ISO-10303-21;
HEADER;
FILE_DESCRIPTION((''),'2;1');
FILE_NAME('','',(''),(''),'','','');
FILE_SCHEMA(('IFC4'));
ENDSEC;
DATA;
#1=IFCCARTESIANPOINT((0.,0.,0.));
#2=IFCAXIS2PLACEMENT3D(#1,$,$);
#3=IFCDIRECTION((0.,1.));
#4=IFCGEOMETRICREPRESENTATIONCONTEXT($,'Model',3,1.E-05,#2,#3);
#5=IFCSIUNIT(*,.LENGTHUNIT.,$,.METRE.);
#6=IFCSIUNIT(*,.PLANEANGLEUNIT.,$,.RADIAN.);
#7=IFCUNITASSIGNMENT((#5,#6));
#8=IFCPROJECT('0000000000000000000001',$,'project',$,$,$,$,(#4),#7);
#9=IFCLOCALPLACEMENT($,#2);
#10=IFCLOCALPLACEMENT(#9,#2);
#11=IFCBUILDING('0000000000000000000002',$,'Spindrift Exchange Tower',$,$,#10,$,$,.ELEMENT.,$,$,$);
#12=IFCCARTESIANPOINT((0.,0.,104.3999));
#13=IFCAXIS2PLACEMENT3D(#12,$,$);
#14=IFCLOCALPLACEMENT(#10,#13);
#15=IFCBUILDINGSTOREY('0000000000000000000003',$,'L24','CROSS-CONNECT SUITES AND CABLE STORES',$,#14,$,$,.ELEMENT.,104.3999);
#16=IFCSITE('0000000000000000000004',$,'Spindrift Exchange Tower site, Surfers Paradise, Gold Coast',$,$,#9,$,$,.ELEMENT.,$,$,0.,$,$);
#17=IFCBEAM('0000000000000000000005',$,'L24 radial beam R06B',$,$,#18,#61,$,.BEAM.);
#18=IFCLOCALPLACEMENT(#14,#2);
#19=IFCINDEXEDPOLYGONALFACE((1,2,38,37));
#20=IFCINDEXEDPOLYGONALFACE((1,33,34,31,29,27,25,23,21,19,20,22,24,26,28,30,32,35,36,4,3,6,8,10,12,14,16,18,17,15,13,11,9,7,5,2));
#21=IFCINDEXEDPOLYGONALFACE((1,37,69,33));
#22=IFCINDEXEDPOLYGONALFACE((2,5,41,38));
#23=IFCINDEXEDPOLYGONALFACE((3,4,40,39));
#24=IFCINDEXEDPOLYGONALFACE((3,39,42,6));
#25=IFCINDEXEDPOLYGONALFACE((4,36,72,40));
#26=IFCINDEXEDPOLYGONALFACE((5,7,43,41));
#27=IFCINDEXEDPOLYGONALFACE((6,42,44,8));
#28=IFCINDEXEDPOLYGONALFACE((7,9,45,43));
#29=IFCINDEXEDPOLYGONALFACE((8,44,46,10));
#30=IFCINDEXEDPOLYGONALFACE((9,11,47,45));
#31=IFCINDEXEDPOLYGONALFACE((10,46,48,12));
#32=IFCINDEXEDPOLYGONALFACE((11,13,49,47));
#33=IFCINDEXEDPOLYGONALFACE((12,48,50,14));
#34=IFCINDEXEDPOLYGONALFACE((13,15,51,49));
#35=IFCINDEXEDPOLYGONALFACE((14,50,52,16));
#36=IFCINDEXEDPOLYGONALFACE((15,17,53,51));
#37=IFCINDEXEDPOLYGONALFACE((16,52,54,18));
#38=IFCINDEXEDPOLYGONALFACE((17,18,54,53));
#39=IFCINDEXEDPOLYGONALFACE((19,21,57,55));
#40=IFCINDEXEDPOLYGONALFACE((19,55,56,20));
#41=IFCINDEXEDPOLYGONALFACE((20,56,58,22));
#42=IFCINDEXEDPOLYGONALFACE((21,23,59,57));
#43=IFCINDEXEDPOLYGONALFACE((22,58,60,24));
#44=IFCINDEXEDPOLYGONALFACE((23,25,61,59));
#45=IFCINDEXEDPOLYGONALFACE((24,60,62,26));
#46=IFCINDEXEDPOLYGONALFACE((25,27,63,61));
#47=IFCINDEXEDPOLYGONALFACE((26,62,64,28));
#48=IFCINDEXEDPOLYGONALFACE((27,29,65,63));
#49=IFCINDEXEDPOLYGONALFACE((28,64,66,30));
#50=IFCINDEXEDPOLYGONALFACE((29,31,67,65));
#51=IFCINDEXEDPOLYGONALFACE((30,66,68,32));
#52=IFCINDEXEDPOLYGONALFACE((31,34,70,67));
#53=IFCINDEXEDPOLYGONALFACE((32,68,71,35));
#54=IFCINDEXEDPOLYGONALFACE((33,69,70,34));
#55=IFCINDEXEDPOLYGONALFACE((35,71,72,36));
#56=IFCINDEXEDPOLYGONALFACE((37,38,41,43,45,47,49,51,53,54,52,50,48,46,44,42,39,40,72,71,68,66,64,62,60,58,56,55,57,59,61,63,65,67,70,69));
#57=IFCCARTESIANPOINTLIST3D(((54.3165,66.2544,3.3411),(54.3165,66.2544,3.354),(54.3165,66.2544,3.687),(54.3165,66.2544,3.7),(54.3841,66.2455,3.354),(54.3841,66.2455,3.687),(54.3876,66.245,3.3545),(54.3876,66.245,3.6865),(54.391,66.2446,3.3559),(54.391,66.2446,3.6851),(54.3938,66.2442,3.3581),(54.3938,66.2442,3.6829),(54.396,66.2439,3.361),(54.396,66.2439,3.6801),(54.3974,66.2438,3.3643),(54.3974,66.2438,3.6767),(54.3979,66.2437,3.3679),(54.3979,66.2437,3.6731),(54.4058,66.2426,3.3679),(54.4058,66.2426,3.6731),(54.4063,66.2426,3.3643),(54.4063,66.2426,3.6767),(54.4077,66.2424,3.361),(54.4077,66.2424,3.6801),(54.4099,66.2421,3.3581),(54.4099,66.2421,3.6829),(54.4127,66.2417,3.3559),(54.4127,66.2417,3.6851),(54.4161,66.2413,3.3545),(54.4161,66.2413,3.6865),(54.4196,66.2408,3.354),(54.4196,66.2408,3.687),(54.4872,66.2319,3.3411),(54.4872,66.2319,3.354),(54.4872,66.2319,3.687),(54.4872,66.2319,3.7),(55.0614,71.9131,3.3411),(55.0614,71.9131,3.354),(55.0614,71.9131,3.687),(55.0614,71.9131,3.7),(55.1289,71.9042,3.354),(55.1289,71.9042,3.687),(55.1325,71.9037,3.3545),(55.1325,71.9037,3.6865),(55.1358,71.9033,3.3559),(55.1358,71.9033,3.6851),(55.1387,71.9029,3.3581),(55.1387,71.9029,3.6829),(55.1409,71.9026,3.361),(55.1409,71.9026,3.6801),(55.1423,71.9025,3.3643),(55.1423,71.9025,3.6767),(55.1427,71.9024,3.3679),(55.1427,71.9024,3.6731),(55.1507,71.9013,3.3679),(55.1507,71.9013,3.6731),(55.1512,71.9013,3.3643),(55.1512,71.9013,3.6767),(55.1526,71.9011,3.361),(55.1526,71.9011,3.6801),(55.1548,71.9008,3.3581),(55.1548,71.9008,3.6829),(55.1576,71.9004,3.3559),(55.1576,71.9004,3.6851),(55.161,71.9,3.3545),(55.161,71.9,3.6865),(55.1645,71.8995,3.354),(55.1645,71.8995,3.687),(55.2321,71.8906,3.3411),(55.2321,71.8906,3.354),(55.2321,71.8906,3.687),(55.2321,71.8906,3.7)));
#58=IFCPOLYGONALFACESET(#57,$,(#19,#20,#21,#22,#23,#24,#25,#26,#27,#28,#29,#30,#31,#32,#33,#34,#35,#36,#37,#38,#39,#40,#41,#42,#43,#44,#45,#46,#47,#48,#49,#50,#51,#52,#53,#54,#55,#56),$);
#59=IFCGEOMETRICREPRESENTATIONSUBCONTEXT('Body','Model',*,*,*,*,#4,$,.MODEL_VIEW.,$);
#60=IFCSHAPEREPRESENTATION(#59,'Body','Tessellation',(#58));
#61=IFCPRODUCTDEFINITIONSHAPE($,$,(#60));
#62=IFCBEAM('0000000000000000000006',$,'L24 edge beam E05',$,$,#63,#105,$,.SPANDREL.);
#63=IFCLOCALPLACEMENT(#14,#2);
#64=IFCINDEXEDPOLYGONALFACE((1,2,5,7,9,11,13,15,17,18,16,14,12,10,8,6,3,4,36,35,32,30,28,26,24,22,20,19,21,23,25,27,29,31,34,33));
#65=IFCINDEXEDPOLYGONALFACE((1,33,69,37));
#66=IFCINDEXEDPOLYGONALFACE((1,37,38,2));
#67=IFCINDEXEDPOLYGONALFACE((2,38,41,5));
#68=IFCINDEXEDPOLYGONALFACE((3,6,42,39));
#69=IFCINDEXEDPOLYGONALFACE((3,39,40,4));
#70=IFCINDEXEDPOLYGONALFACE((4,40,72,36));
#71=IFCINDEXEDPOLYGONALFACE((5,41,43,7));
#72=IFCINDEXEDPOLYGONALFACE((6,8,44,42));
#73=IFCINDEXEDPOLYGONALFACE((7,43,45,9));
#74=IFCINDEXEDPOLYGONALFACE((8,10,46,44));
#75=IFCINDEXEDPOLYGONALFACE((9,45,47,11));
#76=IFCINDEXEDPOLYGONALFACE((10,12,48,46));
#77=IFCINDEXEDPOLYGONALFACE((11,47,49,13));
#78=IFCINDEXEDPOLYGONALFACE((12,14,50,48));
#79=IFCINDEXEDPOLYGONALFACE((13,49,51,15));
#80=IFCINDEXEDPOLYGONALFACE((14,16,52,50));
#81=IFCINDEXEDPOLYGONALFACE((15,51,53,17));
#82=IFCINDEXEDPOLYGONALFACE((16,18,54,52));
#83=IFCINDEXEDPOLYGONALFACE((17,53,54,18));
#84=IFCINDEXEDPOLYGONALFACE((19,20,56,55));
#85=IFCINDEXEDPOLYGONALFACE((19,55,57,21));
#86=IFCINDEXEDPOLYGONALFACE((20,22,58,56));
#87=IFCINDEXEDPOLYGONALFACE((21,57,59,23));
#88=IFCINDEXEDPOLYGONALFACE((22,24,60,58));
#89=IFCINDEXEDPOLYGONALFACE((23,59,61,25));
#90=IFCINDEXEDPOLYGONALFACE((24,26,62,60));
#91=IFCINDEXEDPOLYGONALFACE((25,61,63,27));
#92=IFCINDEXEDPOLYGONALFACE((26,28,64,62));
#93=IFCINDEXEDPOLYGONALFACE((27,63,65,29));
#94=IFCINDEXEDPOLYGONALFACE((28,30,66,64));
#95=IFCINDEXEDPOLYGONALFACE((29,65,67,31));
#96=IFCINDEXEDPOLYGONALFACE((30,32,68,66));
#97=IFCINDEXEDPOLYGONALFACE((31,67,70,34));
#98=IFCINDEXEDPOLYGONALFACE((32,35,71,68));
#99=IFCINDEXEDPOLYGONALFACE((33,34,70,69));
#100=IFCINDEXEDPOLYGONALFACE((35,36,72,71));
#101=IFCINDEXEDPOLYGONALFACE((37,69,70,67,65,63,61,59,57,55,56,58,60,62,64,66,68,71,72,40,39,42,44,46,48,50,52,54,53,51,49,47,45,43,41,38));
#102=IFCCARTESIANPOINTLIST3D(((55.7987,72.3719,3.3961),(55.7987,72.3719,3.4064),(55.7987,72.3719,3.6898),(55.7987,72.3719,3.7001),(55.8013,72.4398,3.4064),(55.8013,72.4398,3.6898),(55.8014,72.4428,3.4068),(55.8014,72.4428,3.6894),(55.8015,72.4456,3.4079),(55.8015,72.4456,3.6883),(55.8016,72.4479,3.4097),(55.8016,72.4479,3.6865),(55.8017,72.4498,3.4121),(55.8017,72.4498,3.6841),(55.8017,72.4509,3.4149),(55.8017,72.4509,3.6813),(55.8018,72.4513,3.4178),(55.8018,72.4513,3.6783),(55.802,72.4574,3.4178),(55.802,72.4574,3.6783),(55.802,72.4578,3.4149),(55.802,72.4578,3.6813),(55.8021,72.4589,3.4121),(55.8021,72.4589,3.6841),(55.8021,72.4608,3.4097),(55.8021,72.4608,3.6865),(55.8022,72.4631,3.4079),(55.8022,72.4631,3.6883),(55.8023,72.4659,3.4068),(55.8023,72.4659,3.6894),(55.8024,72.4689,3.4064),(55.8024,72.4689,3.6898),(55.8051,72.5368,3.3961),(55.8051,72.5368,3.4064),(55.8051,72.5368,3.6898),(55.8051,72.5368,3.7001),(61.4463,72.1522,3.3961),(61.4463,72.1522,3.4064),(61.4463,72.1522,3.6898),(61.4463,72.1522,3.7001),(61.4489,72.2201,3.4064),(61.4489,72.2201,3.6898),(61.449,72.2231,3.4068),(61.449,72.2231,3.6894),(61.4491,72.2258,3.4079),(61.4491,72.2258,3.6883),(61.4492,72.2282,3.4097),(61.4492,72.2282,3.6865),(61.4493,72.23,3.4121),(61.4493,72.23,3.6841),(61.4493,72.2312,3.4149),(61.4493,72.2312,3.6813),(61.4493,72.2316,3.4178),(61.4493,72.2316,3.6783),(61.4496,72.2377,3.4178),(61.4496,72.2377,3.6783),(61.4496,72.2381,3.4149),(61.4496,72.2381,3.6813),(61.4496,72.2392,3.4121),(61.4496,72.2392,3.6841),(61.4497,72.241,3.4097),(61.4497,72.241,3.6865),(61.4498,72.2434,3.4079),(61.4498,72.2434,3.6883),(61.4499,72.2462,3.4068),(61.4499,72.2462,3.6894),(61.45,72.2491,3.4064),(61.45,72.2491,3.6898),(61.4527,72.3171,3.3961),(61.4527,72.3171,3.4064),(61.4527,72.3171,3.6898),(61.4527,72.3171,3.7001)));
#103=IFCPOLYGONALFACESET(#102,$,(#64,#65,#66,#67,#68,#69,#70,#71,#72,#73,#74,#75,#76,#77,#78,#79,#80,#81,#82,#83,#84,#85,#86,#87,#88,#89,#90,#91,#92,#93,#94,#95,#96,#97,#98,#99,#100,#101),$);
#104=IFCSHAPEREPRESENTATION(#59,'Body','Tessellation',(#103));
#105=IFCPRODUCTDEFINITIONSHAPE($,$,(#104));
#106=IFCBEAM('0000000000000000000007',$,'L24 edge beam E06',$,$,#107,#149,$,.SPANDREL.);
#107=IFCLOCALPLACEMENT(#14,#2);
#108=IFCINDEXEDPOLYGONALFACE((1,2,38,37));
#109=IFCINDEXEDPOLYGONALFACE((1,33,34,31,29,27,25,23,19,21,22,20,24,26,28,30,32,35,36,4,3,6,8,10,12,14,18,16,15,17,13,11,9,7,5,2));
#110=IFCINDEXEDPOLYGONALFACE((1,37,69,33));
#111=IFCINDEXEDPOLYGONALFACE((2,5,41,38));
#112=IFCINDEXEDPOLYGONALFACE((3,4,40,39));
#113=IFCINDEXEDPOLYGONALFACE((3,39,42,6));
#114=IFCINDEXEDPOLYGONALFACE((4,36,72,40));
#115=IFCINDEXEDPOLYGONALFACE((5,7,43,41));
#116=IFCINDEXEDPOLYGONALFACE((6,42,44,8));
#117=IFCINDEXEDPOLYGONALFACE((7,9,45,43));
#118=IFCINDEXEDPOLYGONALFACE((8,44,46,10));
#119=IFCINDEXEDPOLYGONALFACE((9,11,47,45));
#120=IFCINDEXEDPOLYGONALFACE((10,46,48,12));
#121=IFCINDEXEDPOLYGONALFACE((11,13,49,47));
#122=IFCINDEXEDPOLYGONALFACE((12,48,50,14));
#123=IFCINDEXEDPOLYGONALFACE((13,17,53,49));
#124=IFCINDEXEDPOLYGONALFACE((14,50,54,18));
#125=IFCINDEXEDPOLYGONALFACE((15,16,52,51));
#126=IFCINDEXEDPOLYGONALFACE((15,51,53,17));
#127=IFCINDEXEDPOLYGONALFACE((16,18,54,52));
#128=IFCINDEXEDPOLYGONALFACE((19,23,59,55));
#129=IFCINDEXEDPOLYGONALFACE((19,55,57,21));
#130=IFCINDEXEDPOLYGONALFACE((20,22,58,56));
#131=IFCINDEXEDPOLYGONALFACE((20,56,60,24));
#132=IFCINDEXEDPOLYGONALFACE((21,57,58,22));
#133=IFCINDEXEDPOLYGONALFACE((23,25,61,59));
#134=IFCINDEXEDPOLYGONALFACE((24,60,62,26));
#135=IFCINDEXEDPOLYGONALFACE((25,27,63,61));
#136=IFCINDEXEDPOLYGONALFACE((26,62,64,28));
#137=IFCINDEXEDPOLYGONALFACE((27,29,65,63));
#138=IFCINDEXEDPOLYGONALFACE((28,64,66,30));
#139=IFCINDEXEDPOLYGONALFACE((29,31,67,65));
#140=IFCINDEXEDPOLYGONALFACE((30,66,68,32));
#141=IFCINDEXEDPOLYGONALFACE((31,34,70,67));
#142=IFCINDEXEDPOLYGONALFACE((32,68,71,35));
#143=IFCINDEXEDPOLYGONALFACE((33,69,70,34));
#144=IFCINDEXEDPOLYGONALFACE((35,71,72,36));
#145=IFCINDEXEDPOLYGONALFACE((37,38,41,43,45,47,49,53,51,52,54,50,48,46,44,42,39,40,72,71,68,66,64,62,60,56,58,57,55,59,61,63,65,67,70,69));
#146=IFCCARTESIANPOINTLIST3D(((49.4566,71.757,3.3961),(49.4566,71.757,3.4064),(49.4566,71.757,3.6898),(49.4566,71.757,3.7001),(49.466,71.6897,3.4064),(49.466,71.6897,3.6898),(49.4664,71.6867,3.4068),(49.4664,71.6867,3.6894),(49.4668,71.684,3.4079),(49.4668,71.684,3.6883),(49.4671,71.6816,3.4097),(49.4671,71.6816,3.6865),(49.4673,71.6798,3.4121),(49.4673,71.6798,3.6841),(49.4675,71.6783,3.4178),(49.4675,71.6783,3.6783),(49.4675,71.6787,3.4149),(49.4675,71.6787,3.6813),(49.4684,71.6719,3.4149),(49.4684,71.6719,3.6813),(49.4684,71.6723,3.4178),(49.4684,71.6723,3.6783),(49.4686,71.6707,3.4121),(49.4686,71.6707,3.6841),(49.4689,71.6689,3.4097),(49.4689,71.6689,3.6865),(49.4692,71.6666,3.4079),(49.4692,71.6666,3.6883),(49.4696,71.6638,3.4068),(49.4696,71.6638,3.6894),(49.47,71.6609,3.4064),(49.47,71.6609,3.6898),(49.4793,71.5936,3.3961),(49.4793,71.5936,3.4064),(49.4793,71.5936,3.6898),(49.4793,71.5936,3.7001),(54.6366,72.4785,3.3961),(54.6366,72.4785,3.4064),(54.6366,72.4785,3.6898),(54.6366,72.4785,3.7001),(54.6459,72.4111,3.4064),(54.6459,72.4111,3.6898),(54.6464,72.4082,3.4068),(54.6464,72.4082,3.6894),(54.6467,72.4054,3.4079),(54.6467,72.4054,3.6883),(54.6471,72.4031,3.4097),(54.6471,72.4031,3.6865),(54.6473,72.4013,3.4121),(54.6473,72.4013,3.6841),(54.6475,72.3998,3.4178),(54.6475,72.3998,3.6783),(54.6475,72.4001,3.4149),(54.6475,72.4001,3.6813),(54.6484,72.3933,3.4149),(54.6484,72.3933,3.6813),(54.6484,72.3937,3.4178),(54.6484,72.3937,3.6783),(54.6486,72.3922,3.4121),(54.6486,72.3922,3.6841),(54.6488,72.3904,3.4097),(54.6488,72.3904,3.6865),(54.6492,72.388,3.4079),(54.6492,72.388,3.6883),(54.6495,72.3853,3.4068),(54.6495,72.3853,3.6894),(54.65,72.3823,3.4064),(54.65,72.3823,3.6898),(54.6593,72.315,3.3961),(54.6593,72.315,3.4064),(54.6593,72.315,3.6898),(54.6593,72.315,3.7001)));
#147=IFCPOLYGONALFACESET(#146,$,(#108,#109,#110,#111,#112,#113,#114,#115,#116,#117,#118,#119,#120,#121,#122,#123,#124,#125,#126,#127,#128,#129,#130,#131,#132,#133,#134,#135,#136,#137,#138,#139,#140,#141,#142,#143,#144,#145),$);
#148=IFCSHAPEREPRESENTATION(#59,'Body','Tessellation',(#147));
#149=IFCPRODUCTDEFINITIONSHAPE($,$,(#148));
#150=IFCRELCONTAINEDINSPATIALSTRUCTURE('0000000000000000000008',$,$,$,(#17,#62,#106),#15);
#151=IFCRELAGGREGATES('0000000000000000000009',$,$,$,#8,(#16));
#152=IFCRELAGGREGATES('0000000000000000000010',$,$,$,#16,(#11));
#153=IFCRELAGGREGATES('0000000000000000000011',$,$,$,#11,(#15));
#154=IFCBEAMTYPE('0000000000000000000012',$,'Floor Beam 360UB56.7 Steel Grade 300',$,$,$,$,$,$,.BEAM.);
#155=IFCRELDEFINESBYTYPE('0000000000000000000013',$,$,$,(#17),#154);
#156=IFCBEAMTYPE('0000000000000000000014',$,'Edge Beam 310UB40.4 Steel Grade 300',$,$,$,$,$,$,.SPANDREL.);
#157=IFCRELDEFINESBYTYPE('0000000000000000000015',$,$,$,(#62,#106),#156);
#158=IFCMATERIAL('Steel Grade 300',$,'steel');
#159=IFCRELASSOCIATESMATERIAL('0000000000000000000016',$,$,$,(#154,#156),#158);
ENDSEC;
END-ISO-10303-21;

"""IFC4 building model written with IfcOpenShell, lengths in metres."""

from ifc_helpers import new_model, si_unit, direction, frame, origin, origin_2d, place, context, subcontext, project, spatial, i_section, extrude, source, transform, mapped, material, material_profile, profile_set, type_object, element, save


model = new_model("IFC4")

# Units and contexts
model_context = context("Model", 3, precision=1e-05, world=origin(), true_north=direction((0.0, 1.0)))
body_context = subcontext(model_context, "Body", "Model", "MODEL_VIEW")
ifc_project = project(units=[si_unit("LENGTHUNIT", "METRE"), si_unit("PLANEANGLEUNIT", "RADIAN")], contexts=[model_context])

# Site, building, storey
site_placement = place(None, origin())
site = spatial("IfcSite", under=ifc_project, at=site_placement, Name="Spindrift Exchange Tower site, Surfers Paradise, Gold Coast", CompositionType="ELEMENT", RefElevation=0.0)
building_placement = place(site_placement, origin())
building = spatial("IfcBuilding", under=site, at=building_placement, Name="Spindrift Exchange Tower", CompositionType="ELEMENT")
storey_placement = place(building_placement, frame((0.0, 0.0, 104.3999)))
storey = spatial("IfcBuildingStorey", under=building, at=storey_placement, Name="L24", Description="CROSS-CONNECT SUITES AND CABLE STORES", CompositionType="ELEMENT", Elevation=104.3999)

# Beams
ifc_material_1 = material(Name="Steel Grade 300", Category="steel")
ifc_material_profile_1 = material_profile(ifc_material_1, i_section(OverallWidth=0.1721, OverallDepth=0.3589, WebThickness=0.0081, FlangeThickness=0.0129, FilletRadius=0.0139, at=origin_2d()), Name="360UB56.7")
ifc_profile_set_1 = profile_set([ifc_material_profile_1], Name="Steel Grade 300")
beam_type_1 = type_object("IfcBeamType", Name="Floor Beam 360UB56.7 Steel Grade 300", PredefinedType="BEAM", material=ifc_profile_set_1)
shared_shape_1 = source(origin(), body_context, "Body", "SweptSolid", [
    extrude(i_section(OverallWidth=0.1721, OverallDepth=0.3589, WebThickness=0.0081, FlangeThickness=0.0129, FilletRadius=0.0139, at=origin_2d()), origin(), (0.0, 0.0, 1.0), 5.7075),
])
beam_1_placement = place(storey_placement, frame((54.4019, 66.2432, 3.5205), z_axis=(0.130508, 0.991447, 0.0), x_axis=(-0.991447, 0.130508, 0.0)))
element("IfcBeam", 1, at=beam_1_placement, inside=storey, type_object=beam_type_1, Name="L24 radial beam R06B", PredefinedType="BEAM", context=body_context, shape_type="MappedRepresentation", body=[
    mapped(shared_shape_1, transform((0.0, 0.0, 0.0), scale=1.0)),
])
ifc_material_profile_2 = material_profile(ifc_material_1, i_section(OverallWidth=0.165, OverallDepth=0.304, WebThickness=0.0061, FlangeThickness=0.0103, FilletRadius=0.0115, at=origin_2d()), Name="310UB40.4")
ifc_profile_set_2 = profile_set([ifc_material_profile_2], Name="Steel Grade 300")
beam_type_2 = type_object("IfcBeamType", Name="Edge Beam 310UB40.4 Steel Grade 300", PredefinedType="SPANDREL", material=ifc_profile_set_2)
shared_shape_2 = source(origin(), body_context, "Body", "SweptSolid", [
    extrude(i_section(OverallWidth=0.165, OverallDepth=0.304, WebThickness=0.0061, FlangeThickness=0.0103, FilletRadius=0.0115, at=origin_2d()), origin(), (0.0, 0.0, 1.0), 5.6519),
])
beam_2_placement = place(storey_placement, frame((61.4495, 72.2346, 3.5481), z_axis=(-0.999244, 0.038878, 0.0), x_axis=(-0.038878, -0.999244, 0.0)))
element("IfcBeam", 2, at=beam_2_placement, inside=storey, type_object=beam_type_2, Name="L24 edge beam E05", PredefinedType="SPANDREL", context=body_context, shape_type="MappedRepresentation", body=[
    mapped(shared_shape_2, transform((0.0, 0.0, 0.0), scale=1.0)),
])
shared_shape_3 = source(origin(), body_context, "Body", "SweptSolid", [
    extrude(i_section(OverallWidth=0.165, OverallDepth=0.304, WebThickness=0.0061, FlangeThickness=0.0103, FilletRadius=0.0115, at=origin_2d()), origin(), (0.0, 0.0, 1.0), 5.23),
])
beam_3_placement = place(storey_placement, frame((54.6479, 72.3967, 3.5481), z_axis=(-0.99044, -0.137944, 0.0), x_axis=(0.137944, -0.99044, 0.0)))
element("IfcBeam", 3, at=beam_3_placement, inside=storey, type_object=beam_type_2, Name="L24 edge beam E06", PredefinedType="SPANDREL", context=body_context, shape_type="MappedRepresentation", body=[
    mapped(shared_shape_3, transform((0.0, 0.0, 0.0), scale=1.0)),
])

save(model, "model.ifc")
